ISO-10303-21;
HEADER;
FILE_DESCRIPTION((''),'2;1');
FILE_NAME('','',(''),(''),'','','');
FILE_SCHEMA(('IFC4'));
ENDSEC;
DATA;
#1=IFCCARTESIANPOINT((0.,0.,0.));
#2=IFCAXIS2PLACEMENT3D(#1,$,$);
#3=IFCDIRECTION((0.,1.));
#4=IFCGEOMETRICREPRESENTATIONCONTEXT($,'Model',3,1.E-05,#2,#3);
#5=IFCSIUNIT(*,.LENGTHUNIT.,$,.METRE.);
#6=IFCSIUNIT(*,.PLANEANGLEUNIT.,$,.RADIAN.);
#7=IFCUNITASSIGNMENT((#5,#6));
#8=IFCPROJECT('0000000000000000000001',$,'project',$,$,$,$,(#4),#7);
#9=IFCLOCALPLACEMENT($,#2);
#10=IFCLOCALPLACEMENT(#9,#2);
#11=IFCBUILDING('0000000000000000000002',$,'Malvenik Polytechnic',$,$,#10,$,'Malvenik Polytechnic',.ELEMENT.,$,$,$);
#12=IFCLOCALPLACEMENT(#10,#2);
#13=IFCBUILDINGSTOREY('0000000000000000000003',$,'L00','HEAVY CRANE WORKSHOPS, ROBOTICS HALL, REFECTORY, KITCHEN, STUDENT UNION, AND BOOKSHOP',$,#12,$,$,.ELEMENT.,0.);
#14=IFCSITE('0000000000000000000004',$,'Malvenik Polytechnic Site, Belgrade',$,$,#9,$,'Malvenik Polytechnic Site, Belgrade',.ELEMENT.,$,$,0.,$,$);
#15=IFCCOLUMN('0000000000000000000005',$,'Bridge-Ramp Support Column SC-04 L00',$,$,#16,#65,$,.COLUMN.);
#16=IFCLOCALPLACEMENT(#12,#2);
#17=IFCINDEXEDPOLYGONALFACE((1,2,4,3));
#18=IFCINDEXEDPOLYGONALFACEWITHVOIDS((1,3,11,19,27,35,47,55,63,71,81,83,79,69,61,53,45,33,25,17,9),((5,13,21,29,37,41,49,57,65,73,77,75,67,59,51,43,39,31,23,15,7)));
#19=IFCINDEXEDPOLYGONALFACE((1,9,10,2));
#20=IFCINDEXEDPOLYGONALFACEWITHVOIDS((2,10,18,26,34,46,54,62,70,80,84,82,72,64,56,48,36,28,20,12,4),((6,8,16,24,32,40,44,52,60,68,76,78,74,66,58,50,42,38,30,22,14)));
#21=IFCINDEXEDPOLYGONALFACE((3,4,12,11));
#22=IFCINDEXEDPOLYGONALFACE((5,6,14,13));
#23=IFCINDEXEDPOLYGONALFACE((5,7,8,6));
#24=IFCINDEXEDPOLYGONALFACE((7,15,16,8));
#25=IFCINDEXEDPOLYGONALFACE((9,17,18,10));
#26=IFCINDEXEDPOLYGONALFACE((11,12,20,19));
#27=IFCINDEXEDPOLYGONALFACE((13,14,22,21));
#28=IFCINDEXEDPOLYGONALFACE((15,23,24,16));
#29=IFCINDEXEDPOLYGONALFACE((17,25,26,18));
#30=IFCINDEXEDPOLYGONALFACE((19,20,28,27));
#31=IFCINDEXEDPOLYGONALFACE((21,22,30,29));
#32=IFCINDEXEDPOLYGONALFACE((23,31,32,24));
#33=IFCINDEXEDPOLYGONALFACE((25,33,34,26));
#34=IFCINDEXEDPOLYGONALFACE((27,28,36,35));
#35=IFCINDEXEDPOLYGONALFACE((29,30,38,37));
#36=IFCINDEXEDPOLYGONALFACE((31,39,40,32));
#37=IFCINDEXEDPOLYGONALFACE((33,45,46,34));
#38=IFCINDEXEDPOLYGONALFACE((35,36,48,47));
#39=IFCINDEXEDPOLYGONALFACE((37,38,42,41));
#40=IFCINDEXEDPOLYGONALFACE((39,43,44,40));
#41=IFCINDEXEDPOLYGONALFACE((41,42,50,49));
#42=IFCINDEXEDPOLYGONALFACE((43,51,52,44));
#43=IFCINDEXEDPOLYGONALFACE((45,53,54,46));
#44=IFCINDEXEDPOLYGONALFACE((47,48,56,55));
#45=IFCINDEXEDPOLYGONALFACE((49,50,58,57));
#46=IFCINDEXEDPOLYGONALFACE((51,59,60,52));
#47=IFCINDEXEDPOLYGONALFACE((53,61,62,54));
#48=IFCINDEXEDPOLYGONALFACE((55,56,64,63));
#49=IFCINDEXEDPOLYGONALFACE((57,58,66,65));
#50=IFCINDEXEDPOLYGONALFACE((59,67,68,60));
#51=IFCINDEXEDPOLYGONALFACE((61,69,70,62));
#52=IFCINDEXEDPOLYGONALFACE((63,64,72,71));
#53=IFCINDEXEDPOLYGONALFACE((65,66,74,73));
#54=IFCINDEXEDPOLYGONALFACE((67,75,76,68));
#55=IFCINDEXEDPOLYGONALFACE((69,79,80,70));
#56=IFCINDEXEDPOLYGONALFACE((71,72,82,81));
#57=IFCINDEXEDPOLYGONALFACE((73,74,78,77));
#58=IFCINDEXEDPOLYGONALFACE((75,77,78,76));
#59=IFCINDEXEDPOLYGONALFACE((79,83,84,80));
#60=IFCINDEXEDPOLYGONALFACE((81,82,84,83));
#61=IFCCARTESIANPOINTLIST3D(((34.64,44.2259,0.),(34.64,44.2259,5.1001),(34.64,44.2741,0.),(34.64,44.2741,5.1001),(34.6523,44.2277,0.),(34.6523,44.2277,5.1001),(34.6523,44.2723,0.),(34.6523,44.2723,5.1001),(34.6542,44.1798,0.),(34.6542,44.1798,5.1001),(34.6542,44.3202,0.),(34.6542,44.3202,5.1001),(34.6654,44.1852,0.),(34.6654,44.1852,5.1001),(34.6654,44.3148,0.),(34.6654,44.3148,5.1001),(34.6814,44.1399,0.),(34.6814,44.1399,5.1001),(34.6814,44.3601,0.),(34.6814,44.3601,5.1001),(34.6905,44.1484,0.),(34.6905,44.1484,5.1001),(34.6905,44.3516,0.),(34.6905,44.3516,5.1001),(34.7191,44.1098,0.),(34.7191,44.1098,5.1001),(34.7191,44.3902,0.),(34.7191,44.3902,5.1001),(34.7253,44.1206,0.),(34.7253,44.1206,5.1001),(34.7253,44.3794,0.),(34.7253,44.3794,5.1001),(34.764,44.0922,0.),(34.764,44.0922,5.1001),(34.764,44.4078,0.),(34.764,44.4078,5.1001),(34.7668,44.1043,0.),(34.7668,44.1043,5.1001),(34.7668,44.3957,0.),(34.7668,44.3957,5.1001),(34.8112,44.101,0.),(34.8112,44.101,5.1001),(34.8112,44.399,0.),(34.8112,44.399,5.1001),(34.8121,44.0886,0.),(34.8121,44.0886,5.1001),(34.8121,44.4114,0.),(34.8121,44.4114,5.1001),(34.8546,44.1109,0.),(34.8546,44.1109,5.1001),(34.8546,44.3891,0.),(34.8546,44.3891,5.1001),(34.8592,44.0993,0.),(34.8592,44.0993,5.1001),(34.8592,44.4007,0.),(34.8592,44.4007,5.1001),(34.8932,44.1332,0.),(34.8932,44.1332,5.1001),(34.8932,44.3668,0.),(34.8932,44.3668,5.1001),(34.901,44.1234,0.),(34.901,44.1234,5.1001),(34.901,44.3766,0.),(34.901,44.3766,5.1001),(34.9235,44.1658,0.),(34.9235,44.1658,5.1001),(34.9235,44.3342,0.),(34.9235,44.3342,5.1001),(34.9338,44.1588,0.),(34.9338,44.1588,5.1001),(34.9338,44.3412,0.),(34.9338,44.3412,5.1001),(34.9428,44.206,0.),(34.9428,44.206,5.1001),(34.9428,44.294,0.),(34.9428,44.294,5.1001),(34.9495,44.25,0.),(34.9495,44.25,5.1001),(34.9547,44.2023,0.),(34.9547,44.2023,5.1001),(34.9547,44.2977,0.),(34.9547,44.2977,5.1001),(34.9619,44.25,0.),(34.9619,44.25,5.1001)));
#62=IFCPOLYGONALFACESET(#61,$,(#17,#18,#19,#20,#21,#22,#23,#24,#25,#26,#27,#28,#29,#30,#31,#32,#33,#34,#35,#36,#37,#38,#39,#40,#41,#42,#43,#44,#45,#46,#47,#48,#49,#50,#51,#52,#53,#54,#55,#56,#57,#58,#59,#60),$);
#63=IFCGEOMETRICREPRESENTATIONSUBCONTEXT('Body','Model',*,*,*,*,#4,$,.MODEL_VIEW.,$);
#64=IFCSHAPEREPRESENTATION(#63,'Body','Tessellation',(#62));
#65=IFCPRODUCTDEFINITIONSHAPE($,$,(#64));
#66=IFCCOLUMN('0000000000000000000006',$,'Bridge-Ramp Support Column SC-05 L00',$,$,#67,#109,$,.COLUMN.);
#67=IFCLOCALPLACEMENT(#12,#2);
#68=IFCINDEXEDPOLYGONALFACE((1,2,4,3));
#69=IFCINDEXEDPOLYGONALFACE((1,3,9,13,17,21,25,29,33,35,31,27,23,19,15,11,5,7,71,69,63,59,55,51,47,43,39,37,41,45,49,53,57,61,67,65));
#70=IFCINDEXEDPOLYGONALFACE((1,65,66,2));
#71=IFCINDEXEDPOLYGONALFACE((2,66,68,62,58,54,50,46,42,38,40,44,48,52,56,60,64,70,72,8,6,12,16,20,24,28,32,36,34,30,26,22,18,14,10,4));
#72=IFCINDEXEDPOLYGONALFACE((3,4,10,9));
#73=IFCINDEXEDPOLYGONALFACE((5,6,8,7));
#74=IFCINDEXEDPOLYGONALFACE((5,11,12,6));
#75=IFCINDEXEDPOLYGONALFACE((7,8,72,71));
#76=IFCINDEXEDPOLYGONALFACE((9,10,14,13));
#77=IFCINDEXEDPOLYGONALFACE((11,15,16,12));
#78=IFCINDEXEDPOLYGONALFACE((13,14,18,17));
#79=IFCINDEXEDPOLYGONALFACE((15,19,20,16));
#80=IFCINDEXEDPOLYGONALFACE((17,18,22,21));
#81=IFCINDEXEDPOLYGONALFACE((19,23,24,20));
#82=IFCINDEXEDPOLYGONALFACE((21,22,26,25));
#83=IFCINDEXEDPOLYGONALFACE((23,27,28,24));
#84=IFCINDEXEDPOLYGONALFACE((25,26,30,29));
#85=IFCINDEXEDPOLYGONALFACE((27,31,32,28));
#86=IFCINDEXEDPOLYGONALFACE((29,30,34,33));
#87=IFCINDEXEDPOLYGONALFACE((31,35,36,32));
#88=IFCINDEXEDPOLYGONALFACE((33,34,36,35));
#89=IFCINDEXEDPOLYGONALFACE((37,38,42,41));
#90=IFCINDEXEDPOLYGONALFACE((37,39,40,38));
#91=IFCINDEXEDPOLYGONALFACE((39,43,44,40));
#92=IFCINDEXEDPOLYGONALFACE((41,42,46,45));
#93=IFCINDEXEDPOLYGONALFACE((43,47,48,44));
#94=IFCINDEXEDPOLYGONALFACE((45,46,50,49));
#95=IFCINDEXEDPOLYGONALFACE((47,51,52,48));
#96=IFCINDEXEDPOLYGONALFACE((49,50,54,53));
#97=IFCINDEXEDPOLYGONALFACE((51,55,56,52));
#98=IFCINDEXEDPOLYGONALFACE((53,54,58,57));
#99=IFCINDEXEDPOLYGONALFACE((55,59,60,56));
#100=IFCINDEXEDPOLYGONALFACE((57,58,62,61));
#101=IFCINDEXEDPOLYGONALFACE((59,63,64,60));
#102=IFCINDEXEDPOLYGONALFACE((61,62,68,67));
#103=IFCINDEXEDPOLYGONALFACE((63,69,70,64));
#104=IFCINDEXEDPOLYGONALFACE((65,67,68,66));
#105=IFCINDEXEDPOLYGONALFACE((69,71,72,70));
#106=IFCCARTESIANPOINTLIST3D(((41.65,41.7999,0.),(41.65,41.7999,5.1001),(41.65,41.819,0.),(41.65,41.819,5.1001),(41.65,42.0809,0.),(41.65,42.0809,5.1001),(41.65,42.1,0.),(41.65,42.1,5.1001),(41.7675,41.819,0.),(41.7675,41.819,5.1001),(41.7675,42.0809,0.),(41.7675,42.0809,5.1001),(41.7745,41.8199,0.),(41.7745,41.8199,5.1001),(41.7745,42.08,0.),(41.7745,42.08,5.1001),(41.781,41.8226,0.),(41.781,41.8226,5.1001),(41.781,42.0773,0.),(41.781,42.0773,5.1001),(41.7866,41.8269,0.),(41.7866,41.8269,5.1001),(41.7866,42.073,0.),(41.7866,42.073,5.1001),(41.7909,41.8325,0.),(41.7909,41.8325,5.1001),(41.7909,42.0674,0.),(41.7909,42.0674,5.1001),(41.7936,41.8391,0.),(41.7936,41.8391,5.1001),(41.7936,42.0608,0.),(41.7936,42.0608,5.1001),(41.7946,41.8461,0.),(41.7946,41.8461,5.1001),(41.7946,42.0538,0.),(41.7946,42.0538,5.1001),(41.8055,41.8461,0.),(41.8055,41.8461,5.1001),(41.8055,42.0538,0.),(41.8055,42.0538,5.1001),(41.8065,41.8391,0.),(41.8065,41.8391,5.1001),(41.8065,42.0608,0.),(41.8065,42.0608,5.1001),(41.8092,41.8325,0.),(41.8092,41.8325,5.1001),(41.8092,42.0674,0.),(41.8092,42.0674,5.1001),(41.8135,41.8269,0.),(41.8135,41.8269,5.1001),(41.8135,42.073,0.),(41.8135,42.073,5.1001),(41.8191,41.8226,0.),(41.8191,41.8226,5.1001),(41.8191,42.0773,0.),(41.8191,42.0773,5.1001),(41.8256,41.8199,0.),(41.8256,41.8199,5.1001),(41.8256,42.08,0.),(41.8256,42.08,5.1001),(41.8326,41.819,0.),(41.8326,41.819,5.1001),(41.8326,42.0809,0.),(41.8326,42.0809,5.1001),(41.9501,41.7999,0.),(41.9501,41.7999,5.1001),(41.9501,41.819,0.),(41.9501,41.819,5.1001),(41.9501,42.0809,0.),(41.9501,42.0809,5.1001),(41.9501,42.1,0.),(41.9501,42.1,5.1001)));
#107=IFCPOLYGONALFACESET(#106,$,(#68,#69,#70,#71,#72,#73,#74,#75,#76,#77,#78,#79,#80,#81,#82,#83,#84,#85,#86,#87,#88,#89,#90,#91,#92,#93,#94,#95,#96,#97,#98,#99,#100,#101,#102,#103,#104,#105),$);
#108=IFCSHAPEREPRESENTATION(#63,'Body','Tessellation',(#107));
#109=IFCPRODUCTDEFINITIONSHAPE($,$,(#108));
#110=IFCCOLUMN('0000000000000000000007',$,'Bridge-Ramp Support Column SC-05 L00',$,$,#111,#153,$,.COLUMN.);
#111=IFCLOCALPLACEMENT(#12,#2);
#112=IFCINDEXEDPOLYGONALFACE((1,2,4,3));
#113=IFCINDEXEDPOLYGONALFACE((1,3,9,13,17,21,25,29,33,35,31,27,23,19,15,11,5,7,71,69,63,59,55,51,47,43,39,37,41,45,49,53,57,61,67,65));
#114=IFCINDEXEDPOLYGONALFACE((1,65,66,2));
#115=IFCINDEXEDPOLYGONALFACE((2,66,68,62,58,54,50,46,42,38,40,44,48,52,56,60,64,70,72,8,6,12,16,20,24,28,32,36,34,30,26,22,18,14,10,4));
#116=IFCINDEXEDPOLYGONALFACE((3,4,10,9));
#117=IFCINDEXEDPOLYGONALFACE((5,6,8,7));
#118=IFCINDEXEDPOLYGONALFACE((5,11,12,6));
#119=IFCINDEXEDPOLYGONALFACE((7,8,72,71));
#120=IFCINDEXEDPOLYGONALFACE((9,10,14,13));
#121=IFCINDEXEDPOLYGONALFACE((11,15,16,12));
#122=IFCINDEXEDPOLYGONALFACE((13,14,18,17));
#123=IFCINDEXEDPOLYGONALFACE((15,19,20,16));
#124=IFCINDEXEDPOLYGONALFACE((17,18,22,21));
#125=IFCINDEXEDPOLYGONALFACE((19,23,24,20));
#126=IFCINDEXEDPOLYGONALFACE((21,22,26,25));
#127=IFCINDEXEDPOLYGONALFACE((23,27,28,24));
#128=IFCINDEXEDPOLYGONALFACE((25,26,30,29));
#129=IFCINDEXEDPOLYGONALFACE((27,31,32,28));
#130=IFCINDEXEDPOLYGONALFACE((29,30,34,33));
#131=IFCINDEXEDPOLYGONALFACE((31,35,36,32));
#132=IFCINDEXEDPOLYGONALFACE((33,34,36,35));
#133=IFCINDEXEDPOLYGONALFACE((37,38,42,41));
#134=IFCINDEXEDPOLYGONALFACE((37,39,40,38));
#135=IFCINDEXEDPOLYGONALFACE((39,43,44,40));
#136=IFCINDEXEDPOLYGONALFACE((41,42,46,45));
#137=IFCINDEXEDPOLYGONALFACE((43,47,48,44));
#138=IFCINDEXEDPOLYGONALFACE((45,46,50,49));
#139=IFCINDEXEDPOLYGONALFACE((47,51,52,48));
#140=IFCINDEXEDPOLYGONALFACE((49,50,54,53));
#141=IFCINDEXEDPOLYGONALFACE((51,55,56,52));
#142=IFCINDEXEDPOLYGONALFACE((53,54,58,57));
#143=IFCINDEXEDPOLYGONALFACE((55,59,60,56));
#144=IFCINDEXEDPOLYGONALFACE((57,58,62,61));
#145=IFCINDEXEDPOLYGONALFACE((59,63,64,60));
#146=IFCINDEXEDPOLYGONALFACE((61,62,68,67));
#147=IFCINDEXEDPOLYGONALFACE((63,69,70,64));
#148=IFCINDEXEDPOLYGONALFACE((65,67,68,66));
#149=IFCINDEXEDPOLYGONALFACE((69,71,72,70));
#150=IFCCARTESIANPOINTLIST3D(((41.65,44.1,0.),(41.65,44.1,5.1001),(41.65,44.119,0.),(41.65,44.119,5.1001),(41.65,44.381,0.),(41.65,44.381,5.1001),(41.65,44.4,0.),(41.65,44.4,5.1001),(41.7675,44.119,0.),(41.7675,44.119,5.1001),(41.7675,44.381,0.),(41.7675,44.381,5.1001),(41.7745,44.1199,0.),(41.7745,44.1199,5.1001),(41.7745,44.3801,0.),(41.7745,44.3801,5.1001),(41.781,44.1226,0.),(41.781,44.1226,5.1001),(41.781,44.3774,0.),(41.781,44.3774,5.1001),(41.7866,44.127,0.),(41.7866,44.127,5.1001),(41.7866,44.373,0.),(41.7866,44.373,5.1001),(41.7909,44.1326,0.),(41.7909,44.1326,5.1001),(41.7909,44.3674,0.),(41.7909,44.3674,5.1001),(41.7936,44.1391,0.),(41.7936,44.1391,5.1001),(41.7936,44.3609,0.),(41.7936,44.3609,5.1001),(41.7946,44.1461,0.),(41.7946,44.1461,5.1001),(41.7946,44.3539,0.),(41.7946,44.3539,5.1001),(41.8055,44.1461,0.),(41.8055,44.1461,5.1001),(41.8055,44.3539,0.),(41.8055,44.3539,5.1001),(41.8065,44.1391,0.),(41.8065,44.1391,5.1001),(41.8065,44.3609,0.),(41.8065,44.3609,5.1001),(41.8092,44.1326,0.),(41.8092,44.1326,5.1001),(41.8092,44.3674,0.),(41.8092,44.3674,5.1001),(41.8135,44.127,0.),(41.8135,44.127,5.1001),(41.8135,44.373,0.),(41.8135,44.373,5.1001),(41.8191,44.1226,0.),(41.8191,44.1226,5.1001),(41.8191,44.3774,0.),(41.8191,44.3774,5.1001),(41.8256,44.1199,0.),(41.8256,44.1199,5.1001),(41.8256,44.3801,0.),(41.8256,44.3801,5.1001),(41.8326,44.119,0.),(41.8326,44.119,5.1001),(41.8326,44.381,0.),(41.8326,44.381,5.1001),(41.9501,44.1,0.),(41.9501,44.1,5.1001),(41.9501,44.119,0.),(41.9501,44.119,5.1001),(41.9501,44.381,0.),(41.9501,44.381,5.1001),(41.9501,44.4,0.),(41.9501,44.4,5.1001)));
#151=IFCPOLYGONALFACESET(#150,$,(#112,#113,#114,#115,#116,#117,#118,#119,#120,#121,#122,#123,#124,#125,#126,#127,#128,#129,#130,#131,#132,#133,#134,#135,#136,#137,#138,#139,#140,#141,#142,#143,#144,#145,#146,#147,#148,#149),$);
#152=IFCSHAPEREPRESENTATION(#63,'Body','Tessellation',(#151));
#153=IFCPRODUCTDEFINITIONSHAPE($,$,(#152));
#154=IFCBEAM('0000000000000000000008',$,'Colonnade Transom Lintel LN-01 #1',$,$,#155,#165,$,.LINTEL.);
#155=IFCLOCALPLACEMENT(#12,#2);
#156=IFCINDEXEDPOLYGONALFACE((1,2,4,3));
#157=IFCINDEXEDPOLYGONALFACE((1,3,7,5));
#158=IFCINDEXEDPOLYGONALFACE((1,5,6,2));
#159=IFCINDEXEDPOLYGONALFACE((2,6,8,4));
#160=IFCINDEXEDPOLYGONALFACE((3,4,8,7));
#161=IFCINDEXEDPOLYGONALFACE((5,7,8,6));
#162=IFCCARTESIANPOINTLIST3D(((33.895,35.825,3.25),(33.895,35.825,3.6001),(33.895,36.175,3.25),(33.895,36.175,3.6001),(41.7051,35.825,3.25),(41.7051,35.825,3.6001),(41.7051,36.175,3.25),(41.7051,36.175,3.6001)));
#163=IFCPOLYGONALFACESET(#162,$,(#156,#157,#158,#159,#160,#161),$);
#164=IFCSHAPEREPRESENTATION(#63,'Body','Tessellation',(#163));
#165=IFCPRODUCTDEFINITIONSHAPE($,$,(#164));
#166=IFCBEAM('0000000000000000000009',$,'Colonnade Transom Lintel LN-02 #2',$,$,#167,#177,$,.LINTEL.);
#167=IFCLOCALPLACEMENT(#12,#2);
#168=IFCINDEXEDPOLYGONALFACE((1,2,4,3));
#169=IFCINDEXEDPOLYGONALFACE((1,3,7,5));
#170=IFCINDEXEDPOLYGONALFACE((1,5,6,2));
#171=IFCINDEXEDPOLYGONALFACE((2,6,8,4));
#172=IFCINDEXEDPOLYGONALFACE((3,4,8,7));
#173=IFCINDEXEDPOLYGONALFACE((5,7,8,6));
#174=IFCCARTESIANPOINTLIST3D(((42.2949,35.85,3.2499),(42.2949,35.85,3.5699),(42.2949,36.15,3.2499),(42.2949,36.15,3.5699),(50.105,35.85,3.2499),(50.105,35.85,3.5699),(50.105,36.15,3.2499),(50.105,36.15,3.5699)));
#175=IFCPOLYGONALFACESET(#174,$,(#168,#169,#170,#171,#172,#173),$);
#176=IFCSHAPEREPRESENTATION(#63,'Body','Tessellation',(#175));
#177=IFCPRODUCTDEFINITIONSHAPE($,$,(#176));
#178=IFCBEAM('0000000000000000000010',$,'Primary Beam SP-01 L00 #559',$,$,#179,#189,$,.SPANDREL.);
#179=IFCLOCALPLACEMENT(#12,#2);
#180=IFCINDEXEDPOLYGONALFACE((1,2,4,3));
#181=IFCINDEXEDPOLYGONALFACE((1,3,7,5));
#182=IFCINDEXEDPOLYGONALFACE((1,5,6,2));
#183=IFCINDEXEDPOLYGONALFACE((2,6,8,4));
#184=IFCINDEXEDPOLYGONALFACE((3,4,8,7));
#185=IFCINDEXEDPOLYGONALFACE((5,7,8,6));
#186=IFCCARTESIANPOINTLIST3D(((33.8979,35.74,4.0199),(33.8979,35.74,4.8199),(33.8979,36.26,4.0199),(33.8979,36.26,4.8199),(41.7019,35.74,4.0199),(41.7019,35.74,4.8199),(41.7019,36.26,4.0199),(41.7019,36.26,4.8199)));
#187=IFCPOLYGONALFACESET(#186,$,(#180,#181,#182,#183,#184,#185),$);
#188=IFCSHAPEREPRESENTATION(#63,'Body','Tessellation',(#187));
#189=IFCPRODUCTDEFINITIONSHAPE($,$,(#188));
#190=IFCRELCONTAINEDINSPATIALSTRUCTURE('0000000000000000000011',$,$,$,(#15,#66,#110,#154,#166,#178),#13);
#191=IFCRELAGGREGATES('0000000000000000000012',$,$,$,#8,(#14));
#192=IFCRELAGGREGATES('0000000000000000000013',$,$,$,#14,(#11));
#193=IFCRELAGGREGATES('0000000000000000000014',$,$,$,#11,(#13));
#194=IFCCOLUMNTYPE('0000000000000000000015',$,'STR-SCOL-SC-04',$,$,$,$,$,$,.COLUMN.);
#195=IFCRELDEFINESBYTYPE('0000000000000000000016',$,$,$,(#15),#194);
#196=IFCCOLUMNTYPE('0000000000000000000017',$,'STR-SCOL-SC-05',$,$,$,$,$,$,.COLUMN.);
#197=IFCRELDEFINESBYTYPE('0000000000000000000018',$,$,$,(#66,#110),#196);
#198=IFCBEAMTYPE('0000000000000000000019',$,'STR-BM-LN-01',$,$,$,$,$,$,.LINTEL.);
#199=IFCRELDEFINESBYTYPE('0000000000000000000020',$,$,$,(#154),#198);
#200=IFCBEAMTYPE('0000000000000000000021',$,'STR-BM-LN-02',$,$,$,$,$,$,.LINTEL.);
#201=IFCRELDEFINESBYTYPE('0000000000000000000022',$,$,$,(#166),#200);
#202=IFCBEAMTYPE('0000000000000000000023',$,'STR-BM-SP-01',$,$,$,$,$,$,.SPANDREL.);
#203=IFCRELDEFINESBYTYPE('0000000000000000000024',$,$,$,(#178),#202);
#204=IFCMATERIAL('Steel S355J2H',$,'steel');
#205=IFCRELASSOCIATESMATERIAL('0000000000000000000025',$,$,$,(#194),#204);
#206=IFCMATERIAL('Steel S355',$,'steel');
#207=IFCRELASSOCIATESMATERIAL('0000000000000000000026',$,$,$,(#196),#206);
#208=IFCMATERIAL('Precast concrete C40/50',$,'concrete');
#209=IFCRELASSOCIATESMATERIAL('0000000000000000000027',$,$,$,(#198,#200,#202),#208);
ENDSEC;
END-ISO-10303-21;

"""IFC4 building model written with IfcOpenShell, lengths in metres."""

from ifc_helpers import new_model, si_unit, direction, frame, origin, origin_2d, place, context, subcontext, project, spatial, rectangle, hollow_circle, i_section, extrude, material, material_profile, profile_set, type_object, element, save


model = new_model("IFC4")

# Units and contexts
model_context = context("Model", 3, precision=1e-05, world=origin(), true_north=direction((0.0, 1.0)))
body_context = subcontext(model_context, "Body", "Model", "MODEL_VIEW")
ifc_project = project(units=[si_unit("LENGTHUNIT", "METRE"), si_unit("PLANEANGLEUNIT", "RADIAN")], contexts=[model_context])

# Site, building, storey
site_placement = place(None, origin())
site = spatial("IfcSite", under=ifc_project, at=site_placement, Name="Malvenik Polytechnic Site, Belgrade", LongName="Malvenik Polytechnic Site, Belgrade", CompositionType="ELEMENT", RefElevation=0.0)
building_placement = place(site_placement, origin())
building = spatial("IfcBuilding", under=site, at=building_placement, Name="Malvenik Polytechnic", LongName="Malvenik Polytechnic", CompositionType="ELEMENT")
storey_placement = place(building_placement, origin())
storey = spatial("IfcBuildingStorey", under=building, at=storey_placement, Name="L00", Description="HEAVY CRANE WORKSHOPS, ROBOTICS HALL, REFECTORY, KITCHEN, STUDENT UNION, AND BOOKSHOP", CompositionType="ELEMENT", Elevation=0.0)

# Columns
ifc_material_1 = material(Name="Steel S355J2H", Category="steel")
ifc_material_profile_1 = material_profile(ifc_material_1, hollow_circle(Radius=0.1619, WallThickness=0.0125, at=origin_2d()), Name="CHS 323.9x12.5")
ifc_profile_set_1 = profile_set([ifc_material_profile_1], Name="Steel S355J2H")
column_type_1 = type_object("IfcColumnType", Name="STR-SCOL-SC-04", PredefinedType="COLUMN", material=ifc_profile_set_1)
for number, where, z_axis, x_axis, name in (
    (1, (34.8, 44.25, 0.0), (0.0, 0.0, 1.0), (1.0, 0.0, 0.0), "Bridge-Ramp Support Column SC-04 L00"),
):
    element("IfcColumn", number, at=place(storey_placement, frame(where, z_axis=z_axis, x_axis=x_axis)), inside=storey, type_object=column_type_1, Name=name, PredefinedType="COLUMN", context=body_context, shape_type="SweptSolid", body=[
        extrude(hollow_circle(Radius=0.1619, WallThickness=0.0125, at=origin_2d()), origin(), (0.0, 0.0, 1.0), 5.1001),
    ])
ifc_material_2 = material(Name="Steel S355", Category="steel")
ifc_material_profile_2 = material_profile(ifc_material_2, i_section(OverallWidth=0.3, OverallDepth=0.3, WebThickness=0.011, FlangeThickness=0.019, FilletRadius=0.0271, at=origin_2d()), Name="HEB 300")
ifc_profile_set_2 = profile_set([ifc_material_profile_2], Name="Steel S355")
column_type_2 = type_object("IfcColumnType", Name="STR-SCOL-SC-05", PredefinedType="COLUMN", material=ifc_profile_set_2)
for number, where, z_axis, x_axis, name in (
    (2, (41.8, 41.95, 0.0), (0.0, 0.0, 1.0), (1.0, 0.0, 0.0), "Bridge-Ramp Support Column SC-05 L00"),
    (3, (41.8, 44.25, 0.0), (0.0, 0.0, 1.0), (1.0, 0.0, 0.0), "Bridge-Ramp Support Column SC-05 L00"),
):
    element("IfcColumn", number, at=place(storey_placement, frame(where, z_axis=z_axis, x_axis=x_axis)), inside=storey, type_object=column_type_2, Name=name, PredefinedType="COLUMN", context=body_context, shape_type="SweptSolid", body=[
        extrude(i_section(OverallWidth=0.3, OverallDepth=0.3, WebThickness=0.011, FlangeThickness=0.019, FilletRadius=0.0271, at=origin_2d()), origin(), (0.0, 0.0, 1.0), 5.1001),
    ])

# Beams
ifc_material_3 = material(Name="Precast concrete C40/50", Category="concrete")
ifc_material_profile_3 = material_profile(ifc_material_3, rectangle(XDim=0.3501, YDim=0.3501, at=origin_2d()), Name="PC LNT 350x350")
ifc_profile_set_3 = profile_set([ifc_material_profile_3], Name="Precast concrete C40/50")
beam_type_1 = type_object("IfcBeamType", Name="STR-BM-LN-01", PredefinedType="LINTEL", material=ifc_profile_set_3)
beam_1_placement = place(storey_placement, frame((33.895, 36.0, 3.425), z_axis=(1.0, 0.0, 0.0), x_axis=(0.0, 1.0, 0.0)))
element("IfcBeam", 4, at=beam_1_placement, inside=storey, type_object=beam_type_1, Name="Colonnade Transom Lintel LN-01 #1", PredefinedType="LINTEL", context=body_context, shape_type="SweptSolid", body=[
    extrude(rectangle(XDim=0.3501, YDim=0.3501, at=origin_2d()), origin(), (0.0, 0.0, 1.0), 7.8101),
])
ifc_material_profile_4 = material_profile(ifc_material_3, rectangle(XDim=0.3, YDim=0.3201, at=origin_2d()), Name="PC LNT 300x320")
ifc_profile_set_4 = profile_set([ifc_material_profile_4], Name="Precast concrete C40/50")
beam_type_2 = type_object("IfcBeamType", Name="STR-BM-LN-02", PredefinedType="LINTEL", material=ifc_profile_set_4)
beam_2_placement = place(storey_placement, frame((42.2949, 36.0, 3.4099), z_axis=(1.0, 0.0, 0.0), x_axis=(0.0, 1.0, 0.0)))
element("IfcBeam", 5, at=beam_2_placement, inside=storey, type_object=beam_type_2, Name="Colonnade Transom Lintel LN-02 #2", PredefinedType="LINTEL", context=body_context, shape_type="SweptSolid", body=[
    extrude(rectangle(XDim=0.3, YDim=0.3201, at=origin_2d()), origin(), (0.0, 0.0, 1.0), 7.8101),
])
ifc_material_profile_5 = material_profile(ifc_material_3, rectangle(XDim=0.52, YDim=0.8, at=origin_2d()), Name="PC SPN 520x800")
ifc_profile_set_5 = profile_set([ifc_material_profile_5], Name="Precast concrete C40/50")
beam_type_3 = type_object("IfcBeamType", Name="STR-BM-SP-01", PredefinedType="SPANDREL", material=ifc_profile_set_5)
for number, where, z_axis, x_axis, name in (
    (6, (33.8979, 36.0, 4.4199), (1.0, 0.0, 0.0), (0.0, 1.0, 0.0), "Primary Beam SP-01 L00 #559"),
):
    element("IfcBeam", number, at=place(storey_placement, frame(where, z_axis=z_axis, x_axis=x_axis)), inside=storey, type_object=beam_type_3, Name=name, PredefinedType="SPANDREL", context=body_context, shape_type="SweptSolid", body=[
        extrude(rectangle(XDim=0.52, YDim=0.8, at=origin_2d()), origin(), (0.0, 0.0, 1.0), 7.804),
    ])

save(model, "model.ifc")
